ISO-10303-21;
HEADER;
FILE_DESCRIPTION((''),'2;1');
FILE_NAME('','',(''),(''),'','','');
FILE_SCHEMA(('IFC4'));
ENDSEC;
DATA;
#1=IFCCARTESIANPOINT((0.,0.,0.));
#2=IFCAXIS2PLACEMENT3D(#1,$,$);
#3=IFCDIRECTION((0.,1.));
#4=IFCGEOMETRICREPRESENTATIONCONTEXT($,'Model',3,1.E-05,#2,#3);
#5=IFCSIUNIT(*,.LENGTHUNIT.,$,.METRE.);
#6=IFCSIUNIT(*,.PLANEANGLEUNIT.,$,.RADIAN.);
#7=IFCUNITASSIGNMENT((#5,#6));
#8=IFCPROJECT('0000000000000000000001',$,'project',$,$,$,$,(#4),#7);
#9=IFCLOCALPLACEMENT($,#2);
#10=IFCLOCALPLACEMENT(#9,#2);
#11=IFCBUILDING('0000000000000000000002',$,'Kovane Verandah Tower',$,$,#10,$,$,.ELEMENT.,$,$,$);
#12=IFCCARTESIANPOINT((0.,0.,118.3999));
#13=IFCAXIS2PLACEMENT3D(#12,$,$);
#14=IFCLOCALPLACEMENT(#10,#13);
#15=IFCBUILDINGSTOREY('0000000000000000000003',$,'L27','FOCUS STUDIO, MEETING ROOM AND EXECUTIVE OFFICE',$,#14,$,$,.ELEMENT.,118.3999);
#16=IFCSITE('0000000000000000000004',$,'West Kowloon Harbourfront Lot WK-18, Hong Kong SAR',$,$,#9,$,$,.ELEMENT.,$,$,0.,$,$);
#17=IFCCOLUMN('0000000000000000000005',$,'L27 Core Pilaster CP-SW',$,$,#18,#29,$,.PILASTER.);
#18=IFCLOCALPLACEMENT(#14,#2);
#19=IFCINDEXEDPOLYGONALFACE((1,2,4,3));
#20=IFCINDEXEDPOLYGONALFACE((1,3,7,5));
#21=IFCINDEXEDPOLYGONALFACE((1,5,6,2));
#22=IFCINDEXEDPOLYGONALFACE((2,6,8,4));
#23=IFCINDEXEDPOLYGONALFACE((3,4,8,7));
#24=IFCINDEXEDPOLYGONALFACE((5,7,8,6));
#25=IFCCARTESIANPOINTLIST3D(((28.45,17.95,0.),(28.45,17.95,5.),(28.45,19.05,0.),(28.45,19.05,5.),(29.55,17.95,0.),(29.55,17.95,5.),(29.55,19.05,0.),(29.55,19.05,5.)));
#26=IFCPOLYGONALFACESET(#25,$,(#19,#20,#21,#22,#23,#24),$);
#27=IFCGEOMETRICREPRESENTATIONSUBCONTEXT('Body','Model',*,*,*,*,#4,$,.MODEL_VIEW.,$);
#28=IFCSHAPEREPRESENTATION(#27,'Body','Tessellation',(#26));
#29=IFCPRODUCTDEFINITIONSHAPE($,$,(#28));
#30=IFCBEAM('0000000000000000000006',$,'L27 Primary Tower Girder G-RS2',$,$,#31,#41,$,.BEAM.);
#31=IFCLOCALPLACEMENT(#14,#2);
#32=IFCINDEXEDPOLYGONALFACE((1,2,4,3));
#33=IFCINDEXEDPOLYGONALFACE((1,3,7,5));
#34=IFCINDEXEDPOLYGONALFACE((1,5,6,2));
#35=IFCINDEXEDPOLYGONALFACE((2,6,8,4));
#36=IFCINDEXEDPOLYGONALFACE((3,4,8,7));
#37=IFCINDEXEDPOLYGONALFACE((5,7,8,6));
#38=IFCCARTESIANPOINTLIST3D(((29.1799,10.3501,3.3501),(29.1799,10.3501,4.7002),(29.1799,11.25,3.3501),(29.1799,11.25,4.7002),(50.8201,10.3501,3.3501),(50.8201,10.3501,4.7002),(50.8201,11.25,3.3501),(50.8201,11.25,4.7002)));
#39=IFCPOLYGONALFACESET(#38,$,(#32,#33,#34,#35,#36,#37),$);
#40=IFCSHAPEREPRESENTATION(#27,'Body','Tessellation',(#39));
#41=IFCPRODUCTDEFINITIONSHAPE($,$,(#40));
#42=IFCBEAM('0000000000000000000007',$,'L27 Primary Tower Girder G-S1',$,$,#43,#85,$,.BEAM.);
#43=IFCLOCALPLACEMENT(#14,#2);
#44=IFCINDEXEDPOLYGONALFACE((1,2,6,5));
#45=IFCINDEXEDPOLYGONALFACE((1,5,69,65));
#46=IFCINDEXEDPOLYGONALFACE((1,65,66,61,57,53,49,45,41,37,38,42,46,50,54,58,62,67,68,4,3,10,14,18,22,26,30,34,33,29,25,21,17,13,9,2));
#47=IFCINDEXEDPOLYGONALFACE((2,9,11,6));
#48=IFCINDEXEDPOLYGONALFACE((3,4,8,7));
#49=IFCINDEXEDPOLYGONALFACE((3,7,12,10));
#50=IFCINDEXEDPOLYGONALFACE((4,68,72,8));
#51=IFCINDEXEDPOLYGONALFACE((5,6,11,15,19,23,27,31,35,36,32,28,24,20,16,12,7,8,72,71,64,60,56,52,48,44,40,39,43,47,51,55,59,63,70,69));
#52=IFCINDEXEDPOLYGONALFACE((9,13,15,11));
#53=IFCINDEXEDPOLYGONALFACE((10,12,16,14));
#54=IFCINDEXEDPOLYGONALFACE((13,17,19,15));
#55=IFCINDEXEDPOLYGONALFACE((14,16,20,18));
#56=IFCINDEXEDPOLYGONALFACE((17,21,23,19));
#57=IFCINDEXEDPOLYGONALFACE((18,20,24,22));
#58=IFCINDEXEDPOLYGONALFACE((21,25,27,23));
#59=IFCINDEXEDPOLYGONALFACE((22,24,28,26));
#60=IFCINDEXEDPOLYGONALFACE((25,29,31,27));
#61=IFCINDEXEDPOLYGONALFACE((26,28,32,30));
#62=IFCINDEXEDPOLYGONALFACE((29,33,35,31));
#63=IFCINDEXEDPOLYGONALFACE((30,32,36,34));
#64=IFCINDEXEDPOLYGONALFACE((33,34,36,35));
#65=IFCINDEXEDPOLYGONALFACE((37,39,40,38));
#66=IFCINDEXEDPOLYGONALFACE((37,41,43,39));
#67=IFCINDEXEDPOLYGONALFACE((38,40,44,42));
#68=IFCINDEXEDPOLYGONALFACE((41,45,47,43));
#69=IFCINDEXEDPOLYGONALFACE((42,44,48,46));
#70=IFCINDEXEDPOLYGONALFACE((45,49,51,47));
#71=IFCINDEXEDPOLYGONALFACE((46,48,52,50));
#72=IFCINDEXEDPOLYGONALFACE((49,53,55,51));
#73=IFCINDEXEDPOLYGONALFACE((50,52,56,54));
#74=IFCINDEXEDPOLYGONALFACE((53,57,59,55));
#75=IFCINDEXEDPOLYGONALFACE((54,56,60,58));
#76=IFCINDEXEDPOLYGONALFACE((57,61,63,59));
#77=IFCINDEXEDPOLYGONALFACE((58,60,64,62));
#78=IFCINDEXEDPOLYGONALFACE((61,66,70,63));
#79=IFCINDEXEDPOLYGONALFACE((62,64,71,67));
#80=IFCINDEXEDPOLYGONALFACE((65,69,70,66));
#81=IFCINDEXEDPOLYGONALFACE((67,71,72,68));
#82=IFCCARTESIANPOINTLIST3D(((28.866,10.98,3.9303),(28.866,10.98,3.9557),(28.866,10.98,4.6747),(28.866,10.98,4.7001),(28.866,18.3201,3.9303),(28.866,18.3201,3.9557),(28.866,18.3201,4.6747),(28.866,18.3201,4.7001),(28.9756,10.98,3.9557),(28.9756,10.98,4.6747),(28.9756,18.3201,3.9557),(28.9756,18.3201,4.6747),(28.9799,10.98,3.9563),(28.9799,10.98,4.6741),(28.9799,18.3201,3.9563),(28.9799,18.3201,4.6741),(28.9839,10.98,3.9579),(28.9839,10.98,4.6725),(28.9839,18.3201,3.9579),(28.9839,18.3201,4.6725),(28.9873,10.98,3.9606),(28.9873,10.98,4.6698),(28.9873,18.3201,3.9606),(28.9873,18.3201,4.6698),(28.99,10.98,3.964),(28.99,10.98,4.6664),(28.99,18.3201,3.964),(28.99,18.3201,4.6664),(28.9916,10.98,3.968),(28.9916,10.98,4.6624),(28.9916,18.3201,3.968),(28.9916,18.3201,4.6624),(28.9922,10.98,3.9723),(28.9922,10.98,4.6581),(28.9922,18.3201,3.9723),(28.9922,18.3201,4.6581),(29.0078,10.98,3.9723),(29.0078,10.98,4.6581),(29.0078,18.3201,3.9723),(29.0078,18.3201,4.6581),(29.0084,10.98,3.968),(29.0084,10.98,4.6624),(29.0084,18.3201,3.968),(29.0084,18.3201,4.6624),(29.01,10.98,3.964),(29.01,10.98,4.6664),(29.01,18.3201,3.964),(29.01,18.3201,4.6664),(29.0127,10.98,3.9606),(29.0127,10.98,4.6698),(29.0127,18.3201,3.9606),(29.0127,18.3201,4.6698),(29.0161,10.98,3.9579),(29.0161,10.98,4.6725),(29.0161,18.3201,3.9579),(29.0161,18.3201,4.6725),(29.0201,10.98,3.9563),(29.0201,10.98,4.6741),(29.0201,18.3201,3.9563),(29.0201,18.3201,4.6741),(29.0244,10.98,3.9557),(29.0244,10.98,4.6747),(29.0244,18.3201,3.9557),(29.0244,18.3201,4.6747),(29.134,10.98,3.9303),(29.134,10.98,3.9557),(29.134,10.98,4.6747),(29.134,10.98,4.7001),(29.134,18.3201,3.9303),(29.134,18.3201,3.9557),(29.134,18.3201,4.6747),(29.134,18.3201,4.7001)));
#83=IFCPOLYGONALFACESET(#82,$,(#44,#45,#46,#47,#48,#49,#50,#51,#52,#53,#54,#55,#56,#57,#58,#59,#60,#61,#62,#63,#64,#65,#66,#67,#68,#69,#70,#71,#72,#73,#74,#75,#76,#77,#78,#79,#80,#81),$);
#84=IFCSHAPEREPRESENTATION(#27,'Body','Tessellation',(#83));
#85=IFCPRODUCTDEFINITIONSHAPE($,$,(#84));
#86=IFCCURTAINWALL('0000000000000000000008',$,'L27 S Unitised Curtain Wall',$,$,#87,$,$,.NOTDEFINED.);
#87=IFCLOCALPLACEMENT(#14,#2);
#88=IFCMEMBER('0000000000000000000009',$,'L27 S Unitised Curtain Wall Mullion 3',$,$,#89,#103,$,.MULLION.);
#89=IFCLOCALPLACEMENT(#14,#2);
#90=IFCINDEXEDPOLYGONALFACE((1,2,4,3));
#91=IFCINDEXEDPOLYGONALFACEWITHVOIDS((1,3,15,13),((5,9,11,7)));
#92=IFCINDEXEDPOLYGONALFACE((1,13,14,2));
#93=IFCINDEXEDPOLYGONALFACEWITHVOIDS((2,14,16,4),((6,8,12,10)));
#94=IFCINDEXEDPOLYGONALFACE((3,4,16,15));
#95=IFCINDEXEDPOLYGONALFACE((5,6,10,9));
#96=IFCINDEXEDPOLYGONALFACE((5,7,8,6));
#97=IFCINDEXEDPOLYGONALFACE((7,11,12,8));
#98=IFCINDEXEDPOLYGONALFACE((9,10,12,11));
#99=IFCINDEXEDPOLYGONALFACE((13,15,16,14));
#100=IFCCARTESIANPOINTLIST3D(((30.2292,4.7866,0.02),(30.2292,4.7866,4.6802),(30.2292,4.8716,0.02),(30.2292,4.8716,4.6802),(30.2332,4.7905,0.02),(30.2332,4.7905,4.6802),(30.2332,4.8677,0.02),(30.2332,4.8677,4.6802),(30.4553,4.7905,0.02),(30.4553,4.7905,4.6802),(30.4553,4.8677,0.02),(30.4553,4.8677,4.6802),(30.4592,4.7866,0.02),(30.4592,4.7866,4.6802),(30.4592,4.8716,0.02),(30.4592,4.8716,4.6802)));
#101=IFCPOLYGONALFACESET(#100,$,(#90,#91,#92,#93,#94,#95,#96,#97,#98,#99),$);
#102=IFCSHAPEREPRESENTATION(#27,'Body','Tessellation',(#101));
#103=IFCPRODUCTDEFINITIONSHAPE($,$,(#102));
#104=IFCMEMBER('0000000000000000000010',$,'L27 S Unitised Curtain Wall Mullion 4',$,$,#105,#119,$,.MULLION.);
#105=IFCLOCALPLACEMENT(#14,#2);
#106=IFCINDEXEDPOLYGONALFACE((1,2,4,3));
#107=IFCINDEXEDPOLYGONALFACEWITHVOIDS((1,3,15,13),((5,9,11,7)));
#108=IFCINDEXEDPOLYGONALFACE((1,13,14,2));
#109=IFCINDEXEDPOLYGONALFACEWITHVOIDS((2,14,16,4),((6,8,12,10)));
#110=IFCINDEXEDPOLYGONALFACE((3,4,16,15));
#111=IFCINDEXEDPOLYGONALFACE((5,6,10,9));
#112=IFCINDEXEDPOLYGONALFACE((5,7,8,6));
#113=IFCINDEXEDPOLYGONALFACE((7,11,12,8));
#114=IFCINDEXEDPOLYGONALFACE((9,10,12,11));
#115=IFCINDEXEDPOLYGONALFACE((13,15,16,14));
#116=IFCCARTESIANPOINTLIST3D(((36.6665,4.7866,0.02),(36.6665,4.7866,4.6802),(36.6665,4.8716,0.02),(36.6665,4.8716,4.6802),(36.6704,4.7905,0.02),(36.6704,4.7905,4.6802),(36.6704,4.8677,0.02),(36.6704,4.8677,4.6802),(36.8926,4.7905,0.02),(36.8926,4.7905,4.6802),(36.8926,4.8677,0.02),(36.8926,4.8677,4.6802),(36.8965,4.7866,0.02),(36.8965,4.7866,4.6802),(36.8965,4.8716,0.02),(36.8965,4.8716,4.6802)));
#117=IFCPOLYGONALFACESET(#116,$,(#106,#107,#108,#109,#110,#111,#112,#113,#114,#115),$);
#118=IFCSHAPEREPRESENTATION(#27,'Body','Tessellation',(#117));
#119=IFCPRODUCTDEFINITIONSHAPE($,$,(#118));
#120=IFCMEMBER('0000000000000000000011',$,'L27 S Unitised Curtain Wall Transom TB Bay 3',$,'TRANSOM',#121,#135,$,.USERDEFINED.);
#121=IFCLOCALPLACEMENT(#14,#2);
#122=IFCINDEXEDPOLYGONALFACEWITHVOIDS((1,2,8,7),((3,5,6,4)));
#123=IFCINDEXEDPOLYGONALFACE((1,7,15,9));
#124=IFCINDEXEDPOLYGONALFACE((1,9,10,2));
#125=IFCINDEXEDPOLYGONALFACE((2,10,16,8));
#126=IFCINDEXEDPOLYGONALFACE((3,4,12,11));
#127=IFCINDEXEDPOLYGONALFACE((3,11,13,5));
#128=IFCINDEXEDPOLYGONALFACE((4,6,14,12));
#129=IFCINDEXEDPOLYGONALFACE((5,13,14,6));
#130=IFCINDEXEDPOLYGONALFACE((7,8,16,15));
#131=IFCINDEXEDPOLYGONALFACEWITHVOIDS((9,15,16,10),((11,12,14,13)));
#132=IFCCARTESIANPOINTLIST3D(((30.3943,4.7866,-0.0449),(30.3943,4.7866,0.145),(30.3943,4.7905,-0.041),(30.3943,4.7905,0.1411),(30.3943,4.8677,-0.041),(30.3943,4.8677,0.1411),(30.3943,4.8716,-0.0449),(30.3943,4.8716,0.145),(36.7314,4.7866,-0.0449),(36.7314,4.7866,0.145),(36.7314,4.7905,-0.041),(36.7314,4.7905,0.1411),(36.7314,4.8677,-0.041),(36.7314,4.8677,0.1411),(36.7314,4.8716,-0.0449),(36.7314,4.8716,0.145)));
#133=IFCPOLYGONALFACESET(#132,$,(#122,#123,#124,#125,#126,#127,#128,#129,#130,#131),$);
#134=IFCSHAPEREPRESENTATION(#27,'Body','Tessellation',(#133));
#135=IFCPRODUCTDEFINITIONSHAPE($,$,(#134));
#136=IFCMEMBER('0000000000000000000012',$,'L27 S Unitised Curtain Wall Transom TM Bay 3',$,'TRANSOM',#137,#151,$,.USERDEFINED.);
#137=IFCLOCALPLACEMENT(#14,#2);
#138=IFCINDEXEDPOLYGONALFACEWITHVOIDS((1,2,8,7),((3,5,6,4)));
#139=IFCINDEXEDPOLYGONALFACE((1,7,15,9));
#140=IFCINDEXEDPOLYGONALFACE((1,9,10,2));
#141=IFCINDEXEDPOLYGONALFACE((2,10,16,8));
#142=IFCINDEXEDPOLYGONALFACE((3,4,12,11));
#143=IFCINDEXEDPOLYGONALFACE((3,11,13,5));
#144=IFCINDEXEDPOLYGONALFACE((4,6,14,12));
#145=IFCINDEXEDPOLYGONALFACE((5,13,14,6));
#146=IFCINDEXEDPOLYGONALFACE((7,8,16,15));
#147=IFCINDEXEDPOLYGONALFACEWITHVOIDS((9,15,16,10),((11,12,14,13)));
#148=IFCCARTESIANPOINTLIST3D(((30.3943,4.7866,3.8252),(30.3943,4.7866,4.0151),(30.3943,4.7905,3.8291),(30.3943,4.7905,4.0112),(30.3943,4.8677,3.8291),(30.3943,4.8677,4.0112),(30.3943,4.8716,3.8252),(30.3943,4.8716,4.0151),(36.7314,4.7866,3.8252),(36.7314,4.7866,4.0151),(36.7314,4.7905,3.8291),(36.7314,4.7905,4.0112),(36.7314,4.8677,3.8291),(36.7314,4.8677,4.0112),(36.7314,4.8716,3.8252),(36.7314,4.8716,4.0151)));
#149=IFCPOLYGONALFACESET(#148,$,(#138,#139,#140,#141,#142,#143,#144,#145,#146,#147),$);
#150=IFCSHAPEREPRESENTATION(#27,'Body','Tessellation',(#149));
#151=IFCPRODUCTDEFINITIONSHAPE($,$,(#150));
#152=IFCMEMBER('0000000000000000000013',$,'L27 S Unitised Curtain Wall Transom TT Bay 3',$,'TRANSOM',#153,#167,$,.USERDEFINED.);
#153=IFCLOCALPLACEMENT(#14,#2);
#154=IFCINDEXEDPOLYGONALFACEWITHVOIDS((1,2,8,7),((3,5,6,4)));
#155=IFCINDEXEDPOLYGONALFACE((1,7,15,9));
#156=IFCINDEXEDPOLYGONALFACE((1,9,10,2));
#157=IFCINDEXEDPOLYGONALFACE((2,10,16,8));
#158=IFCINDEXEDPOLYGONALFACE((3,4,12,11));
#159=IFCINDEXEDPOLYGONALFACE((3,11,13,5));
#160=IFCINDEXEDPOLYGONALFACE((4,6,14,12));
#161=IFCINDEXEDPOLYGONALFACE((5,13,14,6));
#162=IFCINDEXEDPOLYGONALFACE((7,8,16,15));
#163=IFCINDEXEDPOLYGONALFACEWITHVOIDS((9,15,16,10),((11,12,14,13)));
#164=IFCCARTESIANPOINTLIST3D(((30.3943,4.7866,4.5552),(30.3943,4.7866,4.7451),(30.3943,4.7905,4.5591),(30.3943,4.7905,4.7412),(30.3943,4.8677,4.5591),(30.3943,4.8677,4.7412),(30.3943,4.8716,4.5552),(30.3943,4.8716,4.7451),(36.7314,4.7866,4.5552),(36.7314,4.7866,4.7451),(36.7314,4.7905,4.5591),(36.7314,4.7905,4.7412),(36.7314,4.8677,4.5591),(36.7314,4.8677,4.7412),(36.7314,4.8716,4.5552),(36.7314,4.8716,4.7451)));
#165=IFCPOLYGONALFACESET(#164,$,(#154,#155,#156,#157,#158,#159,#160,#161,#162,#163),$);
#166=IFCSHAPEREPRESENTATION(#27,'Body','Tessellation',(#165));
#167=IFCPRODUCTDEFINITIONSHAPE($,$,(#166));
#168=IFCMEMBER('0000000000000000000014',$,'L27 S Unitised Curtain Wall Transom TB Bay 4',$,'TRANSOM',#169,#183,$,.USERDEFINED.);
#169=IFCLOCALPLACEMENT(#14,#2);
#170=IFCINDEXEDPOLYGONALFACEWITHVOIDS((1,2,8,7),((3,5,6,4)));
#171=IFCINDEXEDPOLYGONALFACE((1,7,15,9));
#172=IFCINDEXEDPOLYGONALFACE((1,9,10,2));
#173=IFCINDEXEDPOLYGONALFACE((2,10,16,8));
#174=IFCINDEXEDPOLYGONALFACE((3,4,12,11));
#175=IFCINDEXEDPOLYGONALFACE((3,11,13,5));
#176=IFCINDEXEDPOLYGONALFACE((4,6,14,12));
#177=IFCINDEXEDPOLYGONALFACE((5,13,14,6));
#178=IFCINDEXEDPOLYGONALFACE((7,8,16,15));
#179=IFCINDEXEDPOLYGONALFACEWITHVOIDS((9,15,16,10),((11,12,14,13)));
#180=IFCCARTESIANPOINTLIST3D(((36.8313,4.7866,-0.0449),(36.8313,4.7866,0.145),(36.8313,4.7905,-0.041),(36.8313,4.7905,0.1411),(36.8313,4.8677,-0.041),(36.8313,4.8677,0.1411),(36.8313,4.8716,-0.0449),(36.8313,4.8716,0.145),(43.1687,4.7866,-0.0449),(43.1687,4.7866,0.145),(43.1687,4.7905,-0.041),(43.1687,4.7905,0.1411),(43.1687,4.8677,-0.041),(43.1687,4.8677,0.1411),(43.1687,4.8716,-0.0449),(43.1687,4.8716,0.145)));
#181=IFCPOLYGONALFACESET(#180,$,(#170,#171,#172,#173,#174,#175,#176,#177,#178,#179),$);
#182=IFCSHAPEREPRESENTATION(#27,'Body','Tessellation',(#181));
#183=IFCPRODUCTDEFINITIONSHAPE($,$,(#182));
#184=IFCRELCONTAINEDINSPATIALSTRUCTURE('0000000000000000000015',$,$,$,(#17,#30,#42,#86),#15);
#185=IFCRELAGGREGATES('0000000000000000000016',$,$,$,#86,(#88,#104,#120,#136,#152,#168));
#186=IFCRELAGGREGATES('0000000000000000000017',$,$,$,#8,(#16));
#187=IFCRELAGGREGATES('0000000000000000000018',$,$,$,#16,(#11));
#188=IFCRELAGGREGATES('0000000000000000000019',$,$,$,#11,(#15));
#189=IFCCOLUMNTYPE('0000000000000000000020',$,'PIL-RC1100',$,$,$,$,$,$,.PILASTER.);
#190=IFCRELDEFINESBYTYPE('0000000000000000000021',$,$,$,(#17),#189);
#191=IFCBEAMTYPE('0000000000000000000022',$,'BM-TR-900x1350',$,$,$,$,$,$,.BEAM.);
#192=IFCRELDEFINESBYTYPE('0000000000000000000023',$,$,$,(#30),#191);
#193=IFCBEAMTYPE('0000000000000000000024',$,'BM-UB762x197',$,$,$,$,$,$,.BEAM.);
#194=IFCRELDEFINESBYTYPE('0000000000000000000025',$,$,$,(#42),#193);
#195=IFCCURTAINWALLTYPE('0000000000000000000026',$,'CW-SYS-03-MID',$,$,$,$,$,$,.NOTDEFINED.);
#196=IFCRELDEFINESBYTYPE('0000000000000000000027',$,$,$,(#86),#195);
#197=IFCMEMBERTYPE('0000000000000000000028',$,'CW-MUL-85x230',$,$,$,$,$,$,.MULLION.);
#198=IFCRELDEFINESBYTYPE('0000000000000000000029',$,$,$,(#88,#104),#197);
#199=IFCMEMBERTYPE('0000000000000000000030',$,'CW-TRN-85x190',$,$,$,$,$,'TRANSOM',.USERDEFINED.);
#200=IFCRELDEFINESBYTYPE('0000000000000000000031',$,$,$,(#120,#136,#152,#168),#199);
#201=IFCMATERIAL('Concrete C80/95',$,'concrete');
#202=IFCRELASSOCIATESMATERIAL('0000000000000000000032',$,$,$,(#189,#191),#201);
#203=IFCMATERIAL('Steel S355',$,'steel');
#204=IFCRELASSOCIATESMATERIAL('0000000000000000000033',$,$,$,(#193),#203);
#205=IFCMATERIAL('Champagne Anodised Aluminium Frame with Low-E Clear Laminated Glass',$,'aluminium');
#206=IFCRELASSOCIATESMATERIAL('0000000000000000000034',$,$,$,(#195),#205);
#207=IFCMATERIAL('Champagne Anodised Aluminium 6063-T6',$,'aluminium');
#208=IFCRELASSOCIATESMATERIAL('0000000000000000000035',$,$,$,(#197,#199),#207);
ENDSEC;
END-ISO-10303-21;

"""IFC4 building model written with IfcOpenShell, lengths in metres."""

from ifc_helpers import new_model, si_unit, direction, frame, origin, origin_2d, place, context, subcontext, project, spatial, rectangle, hollow_rectangle, i_section, extrude, material, material_profile, profile_set, type_object, element, aggregate, save


model = new_model("IFC4")

# Units and contexts
model_context = context("Model", 3, precision=1e-05, world=origin(), true_north=direction((0.0, 1.0)))
body_context = subcontext(model_context, "Body", "Model", "MODEL_VIEW")
ifc_project = project(units=[si_unit("LENGTHUNIT", "METRE"), si_unit("PLANEANGLEUNIT", "RADIAN")], contexts=[model_context])

# Site, building, storey
site_placement = place(None, origin())
site = spatial("IfcSite", under=ifc_project, at=site_placement, Name="West Kowloon Harbourfront Lot WK-18, Hong Kong SAR", CompositionType="ELEMENT", RefElevation=0.0)
building_placement = place(site_placement, origin())
building = spatial("IfcBuilding", under=site, at=building_placement, Name="Kovane Verandah Tower", CompositionType="ELEMENT")
storey_placement = place(building_placement, frame((0.0, 0.0, 118.3999)))
storey = spatial("IfcBuildingStorey", under=building, at=storey_placement, Name="L27", Description="FOCUS STUDIO, MEETING ROOM AND EXECUTIVE OFFICE", CompositionType="ELEMENT", Elevation=118.3999)

# Column
ifc_material_1 = material(Name="Concrete C80/95", Category="concrete")
ifc_material_profile_1 = material_profile(ifc_material_1, rectangle(XDim=1.1001, YDim=1.1001, at=origin_2d()), Name="RC1100x1100")
ifc_profile_set_1 = profile_set([ifc_material_profile_1], Name="Concrete C80/95")
column_type = type_object("IfcColumnType", Name="PIL-RC1100", PredefinedType="PILASTER", material=ifc_profile_set_1)
column_placement = place(storey_placement, frame((29.0, 18.5, 0.0), z_axis=(0.0, 0.0, 1.0), x_axis=(1.0, 0.0, 0.0)))
element("IfcColumn", 1, at=column_placement, inside=storey, type_object=column_type, Name="L27 Core Pilaster CP-SW", PredefinedType="PILASTER", context=body_context, shape_type="SweptSolid", body=[
    extrude(rectangle(XDim=1.1001, YDim=1.1001, at=origin_2d()), origin(), (0.0, 0.0, 1.0), 5.0),
])

# Beams
ifc_material_profile_2 = material_profile(ifc_material_1, rectangle(XDim=0.8999, YDim=1.3501, at=origin_2d()), Name="RCB900x1350")
ifc_profile_set_2 = profile_set([ifc_material_profile_2], Name="Concrete C80/95")
beam_type_1 = type_object("IfcBeamType", Name="BM-TR-900x1350", PredefinedType="BEAM", material=ifc_profile_set_2)
beam_1_placement = place(storey_placement, frame((29.1799, 10.8, 4.0251), z_axis=(1.0, 0.0, 0.0), x_axis=(0.0, 1.0, 0.0)))
element("IfcBeam", 2, at=beam_1_placement, inside=storey, type_object=beam_type_1, Name="L27 Primary Tower Girder G-RS2", PredefinedType="BEAM", context=body_context, shape_type="SweptSolid", body=[
    extrude(rectangle(XDim=0.8999, YDim=1.3501, at=origin_2d()), origin(), (0.0, 0.0, 1.0), 21.6401),
])
ifc_material_2 = material(Name="Steel S355", Category="steel")
ifc_material_profile_3 = material_profile(ifc_material_2, i_section(OverallWidth=0.2681, OverallDepth=0.7698, WebThickness=0.0156, FlangeThickness=0.0254, FilletRadius=0.0166, at=origin_2d()), Name="UB762x267x197")
ifc_profile_set_3 = profile_set([ifc_material_profile_3], Name="Steel S355")
beam_type_2 = type_object("IfcBeamType", Name="BM-UB762x197", PredefinedType="BEAM", material=ifc_profile_set_3)
beam_2_placement = place(storey_placement, frame((29.0, 18.3201, 4.3152), z_axis=(0.0, -1.0, 0.0), x_axis=(1.0, 0.0, 0.0)))
element("IfcBeam", 3, at=beam_2_placement, inside=storey, type_object=beam_type_2, Name="L27 Primary Tower Girder G-S1", PredefinedType="BEAM", context=body_context, shape_type="SweptSolid", body=[
    extrude(i_section(OverallWidth=0.2681, OverallDepth=0.7698, WebThickness=0.0156, FlangeThickness=0.0254, FilletRadius=0.0166, at=origin_2d()), origin(), (0.0, 0.0, 1.0), 7.3401),
])

# Curtain wall, members
ifc_material_3 = material(Name="Champagne Anodised Aluminium Frame with Low-E Clear Laminated Glass", Category="aluminium")
curtain_wall_type = type_object("IfcCurtainWallType", Name="CW-SYS-03-MID", PredefinedType="NOTDEFINED", material=ifc_material_3)
curtain_wall_placement = place(storey_placement, origin())
curtain_wall = element("IfcCurtainWall", 4, at=curtain_wall_placement, inside=storey, type_object=curtain_wall_type, Name="L27 S Unitised Curtain Wall", PredefinedType="NOTDEFINED")
ifc_material_4 = material(Name="Champagne Anodised Aluminium 6063-T6", Category="aluminium")
ifc_material_profile_4 = material_profile(ifc_material_4, hollow_rectangle(XDim=0.085, YDim=0.23, WallThickness=0.0039, at=origin_2d()), Name="AL85x230x4")
ifc_profile_set_4 = profile_set([ifc_material_profile_4], Name="Champagne Anodised Aluminium 6063-T6")
member_type_1 = type_object("IfcMemberType", Name="CW-MUL-85x230", PredefinedType="MULLION", material=ifc_profile_set_4)
member_1_placement = place(storey_placement, frame((30.3442, 4.8291, 0.02), z_axis=(0.0, 0.0, 1.0), x_axis=(0.0, -1.0, 0.0)))
member_1 = element("IfcMember", 5, at=member_1_placement, type_object=member_type_1, Name="L27 S Unitised Curtain Wall Mullion 3", PredefinedType="MULLION", context=body_context, shape_type="SweptSolid", body=[
    extrude(hollow_rectangle(XDim=0.085, YDim=0.23, WallThickness=0.0039, at=origin_2d()), origin(), (0.0, 0.0, 1.0), 4.6602),
])
member_2_placement = place(storey_placement, frame((36.7815, 4.8291, 0.02), z_axis=(0.0, 0.0, 1.0), x_axis=(0.0, -1.0, 0.0)))
member_2 = element("IfcMember", 6, at=member_2_placement, type_object=member_type_1, Name="L27 S Unitised Curtain Wall Mullion 4", PredefinedType="MULLION", context=body_context, shape_type="SweptSolid", body=[
    extrude(hollow_rectangle(XDim=0.085, YDim=0.23, WallThickness=0.0039, at=origin_2d()), origin(), (0.0, 0.0, 1.0), 4.6602),
])
ifc_material_profile_5 = material_profile(ifc_material_4, hollow_rectangle(XDim=0.085, YDim=0.1899, WallThickness=0.0039, at=origin_2d()), Name="AL85x190x4")
ifc_profile_set_5 = profile_set([ifc_material_profile_5], Name="Champagne Anodised Aluminium 6063-T6")
member_type_2 = type_object("IfcMemberType", Name="CW-TRN-85x190", ElementType="TRANSOM", PredefinedType="USERDEFINED", material=ifc_profile_set_5)
member_3_placement = place(storey_placement, frame((30.3943, 4.8291, 0.05), z_axis=(1.0, 0.0, 0.0), x_axis=(0.0, 1.0, 0.0)))
member_3 = element("IfcMember", 7, at=member_3_placement, type_object=member_type_2, Name="L27 S Unitised Curtain Wall Transom TB Bay 3", ObjectType="TRANSOM", PredefinedType="USERDEFINED", context=body_context, shape_type="SweptSolid", body=[
    extrude(hollow_rectangle(XDim=0.085, YDim=0.1899, WallThickness=0.0039, at=origin_2d()), origin(), (0.0, 0.0, 1.0), 6.3372),
])
member_4_placement = place(storey_placement, frame((30.3943, 4.8291, 3.9202), z_axis=(1.0, 0.0, 0.0), x_axis=(0.0, 1.0, 0.0)))
member_4 = element("IfcMember", 8, at=member_4_placement, type_object=member_type_2, Name="L27 S Unitised Curtain Wall Transom TM Bay 3", ObjectType="TRANSOM", PredefinedType="USERDEFINED", context=body_context, shape_type="SweptSolid", body=[
    extrude(hollow_rectangle(XDim=0.085, YDim=0.1899, WallThickness=0.0039, at=origin_2d()), origin(), (0.0, 0.0, 1.0), 6.3372),
])
member_5_placement = place(storey_placement, frame((30.3943, 4.8291, 4.6501), z_axis=(1.0, 0.0, 0.0), x_axis=(0.0, 1.0, 0.0)))
member_5 = element("IfcMember", 9, at=member_5_placement, type_object=member_type_2, Name="L27 S Unitised Curtain Wall Transom TT Bay 3", ObjectType="TRANSOM", PredefinedType="USERDEFINED", context=body_context, shape_type="SweptSolid", body=[
    extrude(hollow_rectangle(XDim=0.085, YDim=0.1899, WallThickness=0.0039, at=origin_2d()), origin(), (0.0, 0.0, 1.0), 6.3372),
])
member_6_placement = place(storey_placement, frame((36.8313, 4.8291, 0.05), z_axis=(1.0, 0.0, 0.0), x_axis=(0.0, 1.0, 0.0)))
member_6 = element("IfcMember", 10, at=member_6_placement, type_object=member_type_2, Name="L27 S Unitised Curtain Wall Transom TB Bay 4", ObjectType="TRANSOM", PredefinedType="USERDEFINED", context=body_context, shape_type="SweptSolid", body=[
    extrude(hollow_rectangle(XDim=0.085, YDim=0.1899, WallThickness=0.0039, at=origin_2d()), origin(), (0.0, 0.0, 1.0), 6.3374),
])

aggregate(curtain_wall, [member_1, member_2, member_3, member_4, member_5, member_6])

save(model, "model.ifc")
